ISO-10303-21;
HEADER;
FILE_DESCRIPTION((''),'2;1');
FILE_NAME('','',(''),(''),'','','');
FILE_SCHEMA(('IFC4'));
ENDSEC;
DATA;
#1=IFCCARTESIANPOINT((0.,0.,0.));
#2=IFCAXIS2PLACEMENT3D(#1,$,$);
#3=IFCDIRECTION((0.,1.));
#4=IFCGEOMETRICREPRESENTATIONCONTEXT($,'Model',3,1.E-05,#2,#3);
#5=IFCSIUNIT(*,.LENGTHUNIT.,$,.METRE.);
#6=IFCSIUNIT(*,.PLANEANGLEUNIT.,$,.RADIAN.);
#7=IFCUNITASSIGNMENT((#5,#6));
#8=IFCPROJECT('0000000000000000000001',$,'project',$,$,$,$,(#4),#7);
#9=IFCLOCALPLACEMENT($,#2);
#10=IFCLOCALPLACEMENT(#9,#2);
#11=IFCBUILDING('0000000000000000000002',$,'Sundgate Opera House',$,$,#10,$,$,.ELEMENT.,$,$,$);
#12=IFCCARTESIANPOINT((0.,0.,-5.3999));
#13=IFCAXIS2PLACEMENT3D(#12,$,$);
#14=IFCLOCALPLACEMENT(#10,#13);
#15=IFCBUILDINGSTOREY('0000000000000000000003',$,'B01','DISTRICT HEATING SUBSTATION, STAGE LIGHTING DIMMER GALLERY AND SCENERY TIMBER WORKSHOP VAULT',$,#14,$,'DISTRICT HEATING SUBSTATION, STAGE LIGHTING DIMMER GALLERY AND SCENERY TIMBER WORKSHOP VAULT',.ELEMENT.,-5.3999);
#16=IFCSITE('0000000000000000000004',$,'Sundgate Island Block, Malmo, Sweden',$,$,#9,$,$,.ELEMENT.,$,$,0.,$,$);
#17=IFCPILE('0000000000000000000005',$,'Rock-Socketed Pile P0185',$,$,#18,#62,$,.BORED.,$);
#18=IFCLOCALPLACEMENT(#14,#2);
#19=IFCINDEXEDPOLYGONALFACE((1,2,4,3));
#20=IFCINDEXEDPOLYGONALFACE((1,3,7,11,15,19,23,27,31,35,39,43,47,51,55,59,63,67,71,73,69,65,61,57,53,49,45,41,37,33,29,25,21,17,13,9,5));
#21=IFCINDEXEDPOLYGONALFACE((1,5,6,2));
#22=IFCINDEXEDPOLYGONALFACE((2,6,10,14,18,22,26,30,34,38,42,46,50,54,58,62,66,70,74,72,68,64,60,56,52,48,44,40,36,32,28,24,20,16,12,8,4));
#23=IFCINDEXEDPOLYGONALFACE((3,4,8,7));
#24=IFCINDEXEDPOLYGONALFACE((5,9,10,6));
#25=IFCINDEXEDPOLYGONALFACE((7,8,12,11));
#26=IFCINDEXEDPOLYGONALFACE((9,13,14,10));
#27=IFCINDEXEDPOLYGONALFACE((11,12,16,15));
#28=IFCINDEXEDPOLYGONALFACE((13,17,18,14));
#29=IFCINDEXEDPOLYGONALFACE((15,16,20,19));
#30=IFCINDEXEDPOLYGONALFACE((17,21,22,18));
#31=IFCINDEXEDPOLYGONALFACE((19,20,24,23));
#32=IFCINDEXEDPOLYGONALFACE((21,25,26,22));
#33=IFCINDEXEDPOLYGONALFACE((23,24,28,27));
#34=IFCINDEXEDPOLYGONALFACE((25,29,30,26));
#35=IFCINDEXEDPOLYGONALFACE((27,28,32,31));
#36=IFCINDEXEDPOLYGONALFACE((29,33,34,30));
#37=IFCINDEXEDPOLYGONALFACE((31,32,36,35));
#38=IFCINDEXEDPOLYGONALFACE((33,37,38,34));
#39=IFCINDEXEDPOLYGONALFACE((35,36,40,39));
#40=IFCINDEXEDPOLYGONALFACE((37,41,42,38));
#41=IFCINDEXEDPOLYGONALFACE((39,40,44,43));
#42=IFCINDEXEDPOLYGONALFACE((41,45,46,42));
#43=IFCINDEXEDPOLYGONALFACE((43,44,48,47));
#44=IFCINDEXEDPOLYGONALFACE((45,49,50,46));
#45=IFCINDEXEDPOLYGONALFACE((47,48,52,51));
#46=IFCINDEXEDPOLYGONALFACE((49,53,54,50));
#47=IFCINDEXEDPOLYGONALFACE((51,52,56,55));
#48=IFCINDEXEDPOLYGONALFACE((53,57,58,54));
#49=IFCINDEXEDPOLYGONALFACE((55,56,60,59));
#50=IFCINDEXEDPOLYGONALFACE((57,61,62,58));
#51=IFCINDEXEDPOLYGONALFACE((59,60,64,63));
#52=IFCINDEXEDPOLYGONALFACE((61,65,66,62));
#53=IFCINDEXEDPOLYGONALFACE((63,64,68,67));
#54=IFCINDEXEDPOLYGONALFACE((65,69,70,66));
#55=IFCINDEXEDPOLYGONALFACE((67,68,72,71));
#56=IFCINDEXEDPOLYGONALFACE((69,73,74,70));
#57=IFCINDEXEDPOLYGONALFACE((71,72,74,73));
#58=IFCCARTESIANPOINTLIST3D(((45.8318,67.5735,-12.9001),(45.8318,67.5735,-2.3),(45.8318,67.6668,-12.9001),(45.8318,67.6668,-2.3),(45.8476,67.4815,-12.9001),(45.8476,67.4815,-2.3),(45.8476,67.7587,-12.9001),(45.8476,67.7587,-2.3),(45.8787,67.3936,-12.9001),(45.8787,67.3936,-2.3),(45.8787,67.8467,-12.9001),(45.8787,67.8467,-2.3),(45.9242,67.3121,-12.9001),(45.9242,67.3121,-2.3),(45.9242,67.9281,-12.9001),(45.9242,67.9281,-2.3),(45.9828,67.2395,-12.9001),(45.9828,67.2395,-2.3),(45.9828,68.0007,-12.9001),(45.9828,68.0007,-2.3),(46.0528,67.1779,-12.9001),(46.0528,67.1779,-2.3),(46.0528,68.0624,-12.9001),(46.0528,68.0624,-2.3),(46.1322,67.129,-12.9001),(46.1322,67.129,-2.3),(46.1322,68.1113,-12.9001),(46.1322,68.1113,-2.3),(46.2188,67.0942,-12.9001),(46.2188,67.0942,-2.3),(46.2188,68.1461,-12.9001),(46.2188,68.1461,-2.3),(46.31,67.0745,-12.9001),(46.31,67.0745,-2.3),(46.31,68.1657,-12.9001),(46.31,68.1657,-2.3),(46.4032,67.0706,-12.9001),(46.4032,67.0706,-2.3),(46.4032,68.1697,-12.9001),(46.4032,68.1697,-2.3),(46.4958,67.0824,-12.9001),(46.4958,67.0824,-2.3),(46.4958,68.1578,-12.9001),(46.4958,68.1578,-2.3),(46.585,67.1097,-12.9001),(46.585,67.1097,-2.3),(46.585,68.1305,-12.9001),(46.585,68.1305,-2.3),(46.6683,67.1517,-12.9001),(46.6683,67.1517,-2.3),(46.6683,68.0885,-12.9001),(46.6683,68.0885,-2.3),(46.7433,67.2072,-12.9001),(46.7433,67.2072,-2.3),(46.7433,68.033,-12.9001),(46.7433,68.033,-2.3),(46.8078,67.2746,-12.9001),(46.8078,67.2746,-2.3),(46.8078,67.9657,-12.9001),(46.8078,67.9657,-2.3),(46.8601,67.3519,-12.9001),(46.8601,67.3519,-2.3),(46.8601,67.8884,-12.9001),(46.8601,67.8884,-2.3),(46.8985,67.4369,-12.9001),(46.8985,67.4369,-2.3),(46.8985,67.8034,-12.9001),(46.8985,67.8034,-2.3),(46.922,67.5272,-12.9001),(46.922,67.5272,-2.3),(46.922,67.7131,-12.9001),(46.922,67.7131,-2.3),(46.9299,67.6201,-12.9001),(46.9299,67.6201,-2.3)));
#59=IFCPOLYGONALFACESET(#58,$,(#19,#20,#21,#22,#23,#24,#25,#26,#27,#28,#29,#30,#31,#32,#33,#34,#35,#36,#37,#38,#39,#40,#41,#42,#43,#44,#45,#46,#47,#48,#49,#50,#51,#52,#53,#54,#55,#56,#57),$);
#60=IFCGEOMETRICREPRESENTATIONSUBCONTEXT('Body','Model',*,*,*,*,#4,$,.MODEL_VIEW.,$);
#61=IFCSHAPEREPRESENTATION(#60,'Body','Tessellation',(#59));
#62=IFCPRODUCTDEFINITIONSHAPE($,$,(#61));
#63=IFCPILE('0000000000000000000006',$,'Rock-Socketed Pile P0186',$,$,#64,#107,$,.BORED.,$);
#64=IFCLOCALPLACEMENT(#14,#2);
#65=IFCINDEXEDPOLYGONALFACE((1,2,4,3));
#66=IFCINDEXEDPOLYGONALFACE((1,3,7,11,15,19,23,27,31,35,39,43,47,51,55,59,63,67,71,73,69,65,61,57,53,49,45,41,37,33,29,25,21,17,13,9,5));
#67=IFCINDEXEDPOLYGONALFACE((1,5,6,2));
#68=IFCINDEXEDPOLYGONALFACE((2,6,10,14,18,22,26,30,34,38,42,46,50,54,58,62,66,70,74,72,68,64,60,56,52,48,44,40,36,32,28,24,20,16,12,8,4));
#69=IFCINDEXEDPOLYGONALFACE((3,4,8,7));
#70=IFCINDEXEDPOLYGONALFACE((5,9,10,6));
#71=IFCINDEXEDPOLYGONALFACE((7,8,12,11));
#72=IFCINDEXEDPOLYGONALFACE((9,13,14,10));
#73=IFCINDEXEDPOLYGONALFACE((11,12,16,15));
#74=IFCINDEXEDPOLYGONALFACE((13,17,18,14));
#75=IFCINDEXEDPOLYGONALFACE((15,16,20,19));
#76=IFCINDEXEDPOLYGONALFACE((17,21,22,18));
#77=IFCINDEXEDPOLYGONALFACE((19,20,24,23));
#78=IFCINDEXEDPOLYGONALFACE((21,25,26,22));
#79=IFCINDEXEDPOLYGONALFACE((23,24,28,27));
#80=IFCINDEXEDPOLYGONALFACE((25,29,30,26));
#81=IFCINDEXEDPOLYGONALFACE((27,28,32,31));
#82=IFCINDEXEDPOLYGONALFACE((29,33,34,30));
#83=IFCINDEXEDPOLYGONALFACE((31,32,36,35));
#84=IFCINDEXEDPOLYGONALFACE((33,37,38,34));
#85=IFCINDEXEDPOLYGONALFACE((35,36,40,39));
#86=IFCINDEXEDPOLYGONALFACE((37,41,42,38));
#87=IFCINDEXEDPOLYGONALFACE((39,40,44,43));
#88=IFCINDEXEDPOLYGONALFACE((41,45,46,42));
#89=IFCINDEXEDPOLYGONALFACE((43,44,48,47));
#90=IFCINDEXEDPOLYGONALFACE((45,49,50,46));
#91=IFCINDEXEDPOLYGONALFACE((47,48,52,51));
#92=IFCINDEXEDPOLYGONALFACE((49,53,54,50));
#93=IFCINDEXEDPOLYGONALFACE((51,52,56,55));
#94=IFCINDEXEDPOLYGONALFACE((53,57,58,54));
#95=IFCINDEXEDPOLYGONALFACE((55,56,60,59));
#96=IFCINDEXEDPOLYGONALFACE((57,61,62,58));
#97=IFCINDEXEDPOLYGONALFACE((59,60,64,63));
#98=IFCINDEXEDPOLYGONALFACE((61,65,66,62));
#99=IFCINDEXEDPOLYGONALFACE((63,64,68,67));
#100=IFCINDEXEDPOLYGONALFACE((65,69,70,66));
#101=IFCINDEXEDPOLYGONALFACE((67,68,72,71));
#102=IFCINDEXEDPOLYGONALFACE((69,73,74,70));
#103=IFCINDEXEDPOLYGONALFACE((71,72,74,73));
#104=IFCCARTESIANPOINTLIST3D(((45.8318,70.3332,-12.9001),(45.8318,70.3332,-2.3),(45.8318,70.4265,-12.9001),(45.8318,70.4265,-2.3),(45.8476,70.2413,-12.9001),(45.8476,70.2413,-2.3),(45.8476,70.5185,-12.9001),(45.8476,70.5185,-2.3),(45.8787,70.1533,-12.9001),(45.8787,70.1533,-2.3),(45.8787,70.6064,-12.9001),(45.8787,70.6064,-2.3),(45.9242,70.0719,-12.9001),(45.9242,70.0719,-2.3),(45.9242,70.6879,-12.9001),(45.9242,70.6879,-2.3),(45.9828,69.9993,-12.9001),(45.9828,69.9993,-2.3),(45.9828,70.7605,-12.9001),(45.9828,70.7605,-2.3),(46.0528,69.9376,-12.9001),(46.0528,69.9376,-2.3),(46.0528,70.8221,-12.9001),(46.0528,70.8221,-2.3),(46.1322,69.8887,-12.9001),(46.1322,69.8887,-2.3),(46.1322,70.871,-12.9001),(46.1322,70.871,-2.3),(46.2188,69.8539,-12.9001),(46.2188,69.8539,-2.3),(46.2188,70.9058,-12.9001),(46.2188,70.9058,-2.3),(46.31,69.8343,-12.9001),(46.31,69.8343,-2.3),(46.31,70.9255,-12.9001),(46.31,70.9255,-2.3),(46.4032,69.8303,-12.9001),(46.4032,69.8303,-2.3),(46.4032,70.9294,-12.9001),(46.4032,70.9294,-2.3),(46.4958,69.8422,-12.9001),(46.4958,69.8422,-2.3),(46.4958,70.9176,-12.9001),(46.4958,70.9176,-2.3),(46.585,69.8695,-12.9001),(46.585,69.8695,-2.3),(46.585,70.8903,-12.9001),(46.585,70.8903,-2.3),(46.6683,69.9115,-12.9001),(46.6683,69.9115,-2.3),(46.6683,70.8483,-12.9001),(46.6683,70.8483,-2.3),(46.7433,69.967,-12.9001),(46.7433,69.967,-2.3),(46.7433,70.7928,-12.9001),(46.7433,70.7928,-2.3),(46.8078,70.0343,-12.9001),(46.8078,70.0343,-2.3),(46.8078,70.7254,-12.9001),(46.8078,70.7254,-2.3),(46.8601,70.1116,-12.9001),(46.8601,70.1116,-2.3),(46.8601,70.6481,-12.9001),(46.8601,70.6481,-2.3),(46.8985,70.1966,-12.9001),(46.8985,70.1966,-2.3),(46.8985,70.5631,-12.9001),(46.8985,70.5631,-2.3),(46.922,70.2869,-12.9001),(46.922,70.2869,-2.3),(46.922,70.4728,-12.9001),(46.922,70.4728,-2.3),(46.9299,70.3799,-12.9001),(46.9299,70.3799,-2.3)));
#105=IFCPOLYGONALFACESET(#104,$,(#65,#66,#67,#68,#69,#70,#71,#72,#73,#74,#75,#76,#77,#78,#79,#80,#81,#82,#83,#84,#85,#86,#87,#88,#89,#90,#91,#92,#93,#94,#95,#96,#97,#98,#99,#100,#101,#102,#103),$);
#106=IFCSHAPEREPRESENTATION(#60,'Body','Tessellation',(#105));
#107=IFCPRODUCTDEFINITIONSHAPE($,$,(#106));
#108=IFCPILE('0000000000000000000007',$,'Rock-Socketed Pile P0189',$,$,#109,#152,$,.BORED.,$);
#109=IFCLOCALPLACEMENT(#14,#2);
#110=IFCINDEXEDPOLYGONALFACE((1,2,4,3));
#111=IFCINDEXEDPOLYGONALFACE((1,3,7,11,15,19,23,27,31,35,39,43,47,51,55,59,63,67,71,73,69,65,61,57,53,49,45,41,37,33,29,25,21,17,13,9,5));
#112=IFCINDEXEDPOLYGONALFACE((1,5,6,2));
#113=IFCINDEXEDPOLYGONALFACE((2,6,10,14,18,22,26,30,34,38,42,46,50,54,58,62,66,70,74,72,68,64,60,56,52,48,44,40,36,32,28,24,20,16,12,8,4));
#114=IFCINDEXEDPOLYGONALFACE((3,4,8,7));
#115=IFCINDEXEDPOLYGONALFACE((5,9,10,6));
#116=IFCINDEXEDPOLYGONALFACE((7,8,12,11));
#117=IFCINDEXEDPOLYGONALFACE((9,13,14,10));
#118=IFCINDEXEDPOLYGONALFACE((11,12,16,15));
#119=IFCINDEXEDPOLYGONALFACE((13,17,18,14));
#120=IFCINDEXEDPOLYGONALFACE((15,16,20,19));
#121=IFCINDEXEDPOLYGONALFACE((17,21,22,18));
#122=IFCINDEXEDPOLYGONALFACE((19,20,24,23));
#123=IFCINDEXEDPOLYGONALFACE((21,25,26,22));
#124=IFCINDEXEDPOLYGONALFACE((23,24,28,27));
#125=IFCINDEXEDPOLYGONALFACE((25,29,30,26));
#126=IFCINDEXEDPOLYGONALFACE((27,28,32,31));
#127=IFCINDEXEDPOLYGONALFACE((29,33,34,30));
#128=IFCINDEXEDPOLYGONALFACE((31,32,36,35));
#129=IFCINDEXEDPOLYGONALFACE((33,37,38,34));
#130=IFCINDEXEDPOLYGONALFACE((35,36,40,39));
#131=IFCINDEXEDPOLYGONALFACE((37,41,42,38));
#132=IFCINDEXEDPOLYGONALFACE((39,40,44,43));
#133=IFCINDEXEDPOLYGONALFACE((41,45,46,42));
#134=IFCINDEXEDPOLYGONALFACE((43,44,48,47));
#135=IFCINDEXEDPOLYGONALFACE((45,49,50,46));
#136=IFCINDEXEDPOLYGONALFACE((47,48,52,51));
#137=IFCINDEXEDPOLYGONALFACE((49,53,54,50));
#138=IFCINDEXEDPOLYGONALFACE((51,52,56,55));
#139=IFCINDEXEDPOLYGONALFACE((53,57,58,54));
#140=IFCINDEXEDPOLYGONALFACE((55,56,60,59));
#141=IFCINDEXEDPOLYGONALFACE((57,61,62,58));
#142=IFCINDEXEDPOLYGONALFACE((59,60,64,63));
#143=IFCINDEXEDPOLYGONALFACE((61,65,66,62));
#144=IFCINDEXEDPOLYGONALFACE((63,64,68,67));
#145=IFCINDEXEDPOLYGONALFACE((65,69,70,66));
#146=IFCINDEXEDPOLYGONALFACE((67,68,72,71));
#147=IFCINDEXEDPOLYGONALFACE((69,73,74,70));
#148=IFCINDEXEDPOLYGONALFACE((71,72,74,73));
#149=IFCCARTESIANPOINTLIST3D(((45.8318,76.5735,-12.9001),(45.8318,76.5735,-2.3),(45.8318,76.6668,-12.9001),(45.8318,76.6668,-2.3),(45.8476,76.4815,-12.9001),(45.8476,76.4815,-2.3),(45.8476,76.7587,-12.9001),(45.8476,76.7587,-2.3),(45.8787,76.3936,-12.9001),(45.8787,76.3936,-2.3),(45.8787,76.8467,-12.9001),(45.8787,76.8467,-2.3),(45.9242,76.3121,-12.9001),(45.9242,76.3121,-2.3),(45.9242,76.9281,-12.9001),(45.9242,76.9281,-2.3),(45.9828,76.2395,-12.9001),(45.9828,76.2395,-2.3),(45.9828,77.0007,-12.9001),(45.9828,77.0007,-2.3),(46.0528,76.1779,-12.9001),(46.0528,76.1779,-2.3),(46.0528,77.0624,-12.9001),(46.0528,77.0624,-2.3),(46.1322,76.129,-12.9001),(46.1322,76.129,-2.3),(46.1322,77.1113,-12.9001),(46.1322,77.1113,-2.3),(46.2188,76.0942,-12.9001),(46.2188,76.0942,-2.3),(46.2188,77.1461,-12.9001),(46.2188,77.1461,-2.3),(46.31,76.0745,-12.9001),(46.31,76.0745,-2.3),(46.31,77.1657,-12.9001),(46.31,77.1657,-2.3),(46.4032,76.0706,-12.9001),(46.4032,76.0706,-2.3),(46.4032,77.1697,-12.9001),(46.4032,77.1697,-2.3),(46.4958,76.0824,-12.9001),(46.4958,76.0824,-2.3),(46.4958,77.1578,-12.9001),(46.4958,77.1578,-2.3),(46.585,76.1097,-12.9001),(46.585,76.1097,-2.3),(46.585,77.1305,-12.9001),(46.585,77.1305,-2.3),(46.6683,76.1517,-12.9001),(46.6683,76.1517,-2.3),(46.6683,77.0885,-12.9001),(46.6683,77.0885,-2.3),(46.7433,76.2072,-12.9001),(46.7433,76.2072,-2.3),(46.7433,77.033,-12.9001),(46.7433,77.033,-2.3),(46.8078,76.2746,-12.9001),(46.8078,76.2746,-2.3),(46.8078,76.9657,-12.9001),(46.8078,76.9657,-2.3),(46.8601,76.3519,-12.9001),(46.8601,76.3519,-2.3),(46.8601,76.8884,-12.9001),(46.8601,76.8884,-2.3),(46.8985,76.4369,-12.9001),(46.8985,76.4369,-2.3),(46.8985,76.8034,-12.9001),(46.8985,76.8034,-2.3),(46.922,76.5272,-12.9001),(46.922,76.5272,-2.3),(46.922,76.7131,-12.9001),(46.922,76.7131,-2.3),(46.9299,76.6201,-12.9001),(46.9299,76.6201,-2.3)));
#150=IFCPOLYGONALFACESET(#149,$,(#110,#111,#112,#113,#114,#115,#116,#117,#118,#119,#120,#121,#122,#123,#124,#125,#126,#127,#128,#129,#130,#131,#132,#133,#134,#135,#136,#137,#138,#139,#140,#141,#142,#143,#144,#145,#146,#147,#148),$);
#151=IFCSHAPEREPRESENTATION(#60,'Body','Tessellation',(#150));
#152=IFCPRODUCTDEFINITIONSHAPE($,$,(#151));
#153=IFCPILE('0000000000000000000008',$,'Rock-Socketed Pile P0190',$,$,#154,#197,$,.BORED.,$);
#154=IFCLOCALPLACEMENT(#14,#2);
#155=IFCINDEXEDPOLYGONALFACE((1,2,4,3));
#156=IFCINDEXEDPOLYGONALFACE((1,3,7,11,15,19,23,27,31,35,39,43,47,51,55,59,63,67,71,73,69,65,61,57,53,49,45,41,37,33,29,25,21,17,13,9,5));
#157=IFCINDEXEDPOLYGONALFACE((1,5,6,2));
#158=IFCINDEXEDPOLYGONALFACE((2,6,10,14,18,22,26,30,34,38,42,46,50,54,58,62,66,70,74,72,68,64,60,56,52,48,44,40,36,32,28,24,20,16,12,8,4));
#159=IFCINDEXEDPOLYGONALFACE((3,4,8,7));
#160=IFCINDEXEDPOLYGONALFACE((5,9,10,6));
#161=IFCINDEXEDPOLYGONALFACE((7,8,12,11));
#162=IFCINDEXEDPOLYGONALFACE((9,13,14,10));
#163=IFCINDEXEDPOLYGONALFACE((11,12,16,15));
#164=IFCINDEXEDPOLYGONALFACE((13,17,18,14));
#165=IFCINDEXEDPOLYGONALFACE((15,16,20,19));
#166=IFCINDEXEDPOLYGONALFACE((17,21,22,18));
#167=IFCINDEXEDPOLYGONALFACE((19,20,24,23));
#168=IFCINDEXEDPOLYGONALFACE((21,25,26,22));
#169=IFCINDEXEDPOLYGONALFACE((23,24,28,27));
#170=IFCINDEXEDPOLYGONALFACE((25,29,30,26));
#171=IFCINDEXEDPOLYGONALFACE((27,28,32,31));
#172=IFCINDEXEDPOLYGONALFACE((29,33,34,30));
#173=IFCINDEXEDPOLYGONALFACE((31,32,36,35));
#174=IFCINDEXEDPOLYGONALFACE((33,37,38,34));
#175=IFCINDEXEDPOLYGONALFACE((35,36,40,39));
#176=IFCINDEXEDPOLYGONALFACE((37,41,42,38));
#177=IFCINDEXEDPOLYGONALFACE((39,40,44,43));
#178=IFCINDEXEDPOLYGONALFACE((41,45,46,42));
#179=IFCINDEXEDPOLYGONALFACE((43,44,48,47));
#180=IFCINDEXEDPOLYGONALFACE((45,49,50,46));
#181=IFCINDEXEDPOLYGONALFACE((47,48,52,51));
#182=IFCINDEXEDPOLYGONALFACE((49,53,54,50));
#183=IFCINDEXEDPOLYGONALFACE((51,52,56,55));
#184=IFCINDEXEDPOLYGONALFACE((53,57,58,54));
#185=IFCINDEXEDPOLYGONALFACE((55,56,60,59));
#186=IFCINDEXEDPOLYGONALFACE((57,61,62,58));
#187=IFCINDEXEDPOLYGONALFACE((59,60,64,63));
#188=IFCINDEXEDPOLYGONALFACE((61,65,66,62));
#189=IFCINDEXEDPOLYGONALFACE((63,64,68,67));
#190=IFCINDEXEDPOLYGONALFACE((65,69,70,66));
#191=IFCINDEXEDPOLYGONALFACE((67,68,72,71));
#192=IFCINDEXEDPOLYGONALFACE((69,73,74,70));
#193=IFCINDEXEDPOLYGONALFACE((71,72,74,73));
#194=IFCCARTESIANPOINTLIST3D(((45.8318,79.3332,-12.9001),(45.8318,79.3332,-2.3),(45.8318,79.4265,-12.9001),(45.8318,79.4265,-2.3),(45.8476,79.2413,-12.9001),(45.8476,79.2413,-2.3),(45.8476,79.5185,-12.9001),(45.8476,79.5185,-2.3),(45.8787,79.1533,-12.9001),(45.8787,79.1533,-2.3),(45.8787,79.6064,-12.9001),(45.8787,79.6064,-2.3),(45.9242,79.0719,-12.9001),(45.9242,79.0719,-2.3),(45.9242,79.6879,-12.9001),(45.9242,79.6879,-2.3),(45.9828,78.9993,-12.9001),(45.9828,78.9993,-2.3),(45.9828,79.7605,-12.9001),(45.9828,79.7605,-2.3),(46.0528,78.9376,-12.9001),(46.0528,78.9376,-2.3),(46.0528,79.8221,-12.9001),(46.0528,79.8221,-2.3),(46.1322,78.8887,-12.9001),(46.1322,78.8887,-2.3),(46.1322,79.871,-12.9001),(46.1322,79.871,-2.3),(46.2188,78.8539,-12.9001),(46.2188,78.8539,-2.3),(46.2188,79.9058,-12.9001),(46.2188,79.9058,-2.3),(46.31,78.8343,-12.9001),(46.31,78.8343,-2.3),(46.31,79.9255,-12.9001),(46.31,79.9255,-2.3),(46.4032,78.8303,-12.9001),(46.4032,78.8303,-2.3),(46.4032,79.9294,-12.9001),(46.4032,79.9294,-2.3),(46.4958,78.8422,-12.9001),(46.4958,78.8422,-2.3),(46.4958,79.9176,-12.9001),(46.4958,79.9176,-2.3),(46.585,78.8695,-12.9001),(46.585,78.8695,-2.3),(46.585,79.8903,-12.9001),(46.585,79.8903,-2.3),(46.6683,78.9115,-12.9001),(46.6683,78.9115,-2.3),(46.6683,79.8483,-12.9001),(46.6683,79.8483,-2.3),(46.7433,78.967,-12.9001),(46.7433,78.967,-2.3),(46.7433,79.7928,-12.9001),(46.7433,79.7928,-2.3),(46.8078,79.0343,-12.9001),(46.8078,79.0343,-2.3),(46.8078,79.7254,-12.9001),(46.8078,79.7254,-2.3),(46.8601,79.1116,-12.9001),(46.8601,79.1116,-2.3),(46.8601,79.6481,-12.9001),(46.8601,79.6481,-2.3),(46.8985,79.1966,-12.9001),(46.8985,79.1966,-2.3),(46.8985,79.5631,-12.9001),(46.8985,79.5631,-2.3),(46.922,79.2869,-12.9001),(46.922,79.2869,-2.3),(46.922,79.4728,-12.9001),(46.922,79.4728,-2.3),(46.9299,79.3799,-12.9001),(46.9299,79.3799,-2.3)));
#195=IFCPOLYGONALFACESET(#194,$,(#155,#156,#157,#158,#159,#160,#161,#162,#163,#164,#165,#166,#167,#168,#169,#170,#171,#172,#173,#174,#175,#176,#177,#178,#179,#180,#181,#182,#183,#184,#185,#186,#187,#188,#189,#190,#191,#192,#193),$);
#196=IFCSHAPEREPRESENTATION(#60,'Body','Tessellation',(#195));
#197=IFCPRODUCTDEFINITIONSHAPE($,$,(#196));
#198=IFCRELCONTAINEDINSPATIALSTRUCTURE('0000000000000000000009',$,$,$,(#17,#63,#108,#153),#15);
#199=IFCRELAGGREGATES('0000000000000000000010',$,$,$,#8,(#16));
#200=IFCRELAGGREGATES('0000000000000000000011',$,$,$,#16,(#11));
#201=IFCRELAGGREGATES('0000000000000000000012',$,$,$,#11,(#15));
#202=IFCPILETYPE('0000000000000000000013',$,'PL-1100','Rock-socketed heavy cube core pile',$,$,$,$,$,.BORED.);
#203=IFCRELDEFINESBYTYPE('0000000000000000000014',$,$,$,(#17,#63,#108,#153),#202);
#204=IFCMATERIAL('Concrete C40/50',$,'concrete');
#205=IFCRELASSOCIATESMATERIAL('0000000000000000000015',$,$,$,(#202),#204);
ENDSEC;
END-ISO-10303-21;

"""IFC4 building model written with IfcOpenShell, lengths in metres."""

from ifc_helpers import new_model, si_unit, direction, frame, origin, origin_2d, place, context, subcontext, project, spatial, circle, extrude, material, material_profile, profile_set, type_object, element, save


model = new_model("IFC4")

# Units and contexts
model_context = context("Model", 3, precision=1e-05, world=origin(), true_north=direction((0.0, 1.0)))
body_context = subcontext(model_context, "Body", "Model", "MODEL_VIEW")
ifc_project = project(units=[si_unit("LENGTHUNIT", "METRE"), si_unit("PLANEANGLEUNIT", "RADIAN")], contexts=[model_context])

# Site, building, storey
site_placement = place(None, origin())
site = spatial("IfcSite", under=ifc_project, at=site_placement, Name="Sundgate Island Block, Malmo, Sweden", CompositionType="ELEMENT", RefElevation=0.0)
building_placement = place(site_placement, origin())
building = spatial("IfcBuilding", under=site, at=building_placement, Name="Sundgate Opera House", CompositionType="ELEMENT")
storey_placement = place(building_placement, frame((0.0, 0.0, -5.3999)))
storey = spatial("IfcBuildingStorey", under=building, at=storey_placement, Name="B01", Description="DISTRICT HEATING SUBSTATION, STAGE LIGHTING DIMMER GALLERY AND SCENERY TIMBER WORKSHOP VAULT", LongName="DISTRICT HEATING SUBSTATION, STAGE LIGHTING DIMMER GALLERY AND SCENERY TIMBER WORKSHOP VAULT", CompositionType="ELEMENT", Elevation=-5.3999)

# Piles
ifc_material_1 = material(Name="Concrete C40/50", Category="concrete")
ifc_material_profile_1 = material_profile(ifc_material_1, circle(Radius=0.55, at=origin_2d()), Name="PILE D1100")
ifc_profile_set_1 = profile_set([ifc_material_profile_1], Name="Concrete C40/50")
pile_type_1 = type_object("IfcPileType", Name="PL-1100", Description="Rock-socketed heavy cube core pile", PredefinedType="BORED", material=ifc_profile_set_1)
for number, where, z_axis, x_axis, name in (
    (1, (46.3799, 67.6201, -2.3), (0.0, 0.0, -1.0), (1.0, 0.0, 0.0), "Rock-Socketed Pile P0185"),
    (2, (46.3799, 70.3799, -2.3), (0.0, 0.0, -1.0), (1.0, 0.0, 0.0), "Rock-Socketed Pile P0186"),
    (3, (46.3799, 76.6201, -2.3), (0.0, 0.0, -1.0), (1.0, 0.0, 0.0), "Rock-Socketed Pile P0189"),
    (4, (46.3799, 79.3799, -2.3), (0.0, 0.0, -1.0), (1.0, 0.0, 0.0), "Rock-Socketed Pile P0190"),
):
    element("IfcPile", number, at=place(storey_placement, frame(where, z_axis=z_axis, x_axis=x_axis)), inside=storey, type_object=pile_type_1, Name=name, PredefinedType="BORED", context=body_context, shape_type="SweptSolid", body=[
        extrude(circle(Radius=0.55, at=origin_2d()), origin(), (0.0, 0.0, 1.0), 10.6001),
    ])

save(model, "model.ifc")
